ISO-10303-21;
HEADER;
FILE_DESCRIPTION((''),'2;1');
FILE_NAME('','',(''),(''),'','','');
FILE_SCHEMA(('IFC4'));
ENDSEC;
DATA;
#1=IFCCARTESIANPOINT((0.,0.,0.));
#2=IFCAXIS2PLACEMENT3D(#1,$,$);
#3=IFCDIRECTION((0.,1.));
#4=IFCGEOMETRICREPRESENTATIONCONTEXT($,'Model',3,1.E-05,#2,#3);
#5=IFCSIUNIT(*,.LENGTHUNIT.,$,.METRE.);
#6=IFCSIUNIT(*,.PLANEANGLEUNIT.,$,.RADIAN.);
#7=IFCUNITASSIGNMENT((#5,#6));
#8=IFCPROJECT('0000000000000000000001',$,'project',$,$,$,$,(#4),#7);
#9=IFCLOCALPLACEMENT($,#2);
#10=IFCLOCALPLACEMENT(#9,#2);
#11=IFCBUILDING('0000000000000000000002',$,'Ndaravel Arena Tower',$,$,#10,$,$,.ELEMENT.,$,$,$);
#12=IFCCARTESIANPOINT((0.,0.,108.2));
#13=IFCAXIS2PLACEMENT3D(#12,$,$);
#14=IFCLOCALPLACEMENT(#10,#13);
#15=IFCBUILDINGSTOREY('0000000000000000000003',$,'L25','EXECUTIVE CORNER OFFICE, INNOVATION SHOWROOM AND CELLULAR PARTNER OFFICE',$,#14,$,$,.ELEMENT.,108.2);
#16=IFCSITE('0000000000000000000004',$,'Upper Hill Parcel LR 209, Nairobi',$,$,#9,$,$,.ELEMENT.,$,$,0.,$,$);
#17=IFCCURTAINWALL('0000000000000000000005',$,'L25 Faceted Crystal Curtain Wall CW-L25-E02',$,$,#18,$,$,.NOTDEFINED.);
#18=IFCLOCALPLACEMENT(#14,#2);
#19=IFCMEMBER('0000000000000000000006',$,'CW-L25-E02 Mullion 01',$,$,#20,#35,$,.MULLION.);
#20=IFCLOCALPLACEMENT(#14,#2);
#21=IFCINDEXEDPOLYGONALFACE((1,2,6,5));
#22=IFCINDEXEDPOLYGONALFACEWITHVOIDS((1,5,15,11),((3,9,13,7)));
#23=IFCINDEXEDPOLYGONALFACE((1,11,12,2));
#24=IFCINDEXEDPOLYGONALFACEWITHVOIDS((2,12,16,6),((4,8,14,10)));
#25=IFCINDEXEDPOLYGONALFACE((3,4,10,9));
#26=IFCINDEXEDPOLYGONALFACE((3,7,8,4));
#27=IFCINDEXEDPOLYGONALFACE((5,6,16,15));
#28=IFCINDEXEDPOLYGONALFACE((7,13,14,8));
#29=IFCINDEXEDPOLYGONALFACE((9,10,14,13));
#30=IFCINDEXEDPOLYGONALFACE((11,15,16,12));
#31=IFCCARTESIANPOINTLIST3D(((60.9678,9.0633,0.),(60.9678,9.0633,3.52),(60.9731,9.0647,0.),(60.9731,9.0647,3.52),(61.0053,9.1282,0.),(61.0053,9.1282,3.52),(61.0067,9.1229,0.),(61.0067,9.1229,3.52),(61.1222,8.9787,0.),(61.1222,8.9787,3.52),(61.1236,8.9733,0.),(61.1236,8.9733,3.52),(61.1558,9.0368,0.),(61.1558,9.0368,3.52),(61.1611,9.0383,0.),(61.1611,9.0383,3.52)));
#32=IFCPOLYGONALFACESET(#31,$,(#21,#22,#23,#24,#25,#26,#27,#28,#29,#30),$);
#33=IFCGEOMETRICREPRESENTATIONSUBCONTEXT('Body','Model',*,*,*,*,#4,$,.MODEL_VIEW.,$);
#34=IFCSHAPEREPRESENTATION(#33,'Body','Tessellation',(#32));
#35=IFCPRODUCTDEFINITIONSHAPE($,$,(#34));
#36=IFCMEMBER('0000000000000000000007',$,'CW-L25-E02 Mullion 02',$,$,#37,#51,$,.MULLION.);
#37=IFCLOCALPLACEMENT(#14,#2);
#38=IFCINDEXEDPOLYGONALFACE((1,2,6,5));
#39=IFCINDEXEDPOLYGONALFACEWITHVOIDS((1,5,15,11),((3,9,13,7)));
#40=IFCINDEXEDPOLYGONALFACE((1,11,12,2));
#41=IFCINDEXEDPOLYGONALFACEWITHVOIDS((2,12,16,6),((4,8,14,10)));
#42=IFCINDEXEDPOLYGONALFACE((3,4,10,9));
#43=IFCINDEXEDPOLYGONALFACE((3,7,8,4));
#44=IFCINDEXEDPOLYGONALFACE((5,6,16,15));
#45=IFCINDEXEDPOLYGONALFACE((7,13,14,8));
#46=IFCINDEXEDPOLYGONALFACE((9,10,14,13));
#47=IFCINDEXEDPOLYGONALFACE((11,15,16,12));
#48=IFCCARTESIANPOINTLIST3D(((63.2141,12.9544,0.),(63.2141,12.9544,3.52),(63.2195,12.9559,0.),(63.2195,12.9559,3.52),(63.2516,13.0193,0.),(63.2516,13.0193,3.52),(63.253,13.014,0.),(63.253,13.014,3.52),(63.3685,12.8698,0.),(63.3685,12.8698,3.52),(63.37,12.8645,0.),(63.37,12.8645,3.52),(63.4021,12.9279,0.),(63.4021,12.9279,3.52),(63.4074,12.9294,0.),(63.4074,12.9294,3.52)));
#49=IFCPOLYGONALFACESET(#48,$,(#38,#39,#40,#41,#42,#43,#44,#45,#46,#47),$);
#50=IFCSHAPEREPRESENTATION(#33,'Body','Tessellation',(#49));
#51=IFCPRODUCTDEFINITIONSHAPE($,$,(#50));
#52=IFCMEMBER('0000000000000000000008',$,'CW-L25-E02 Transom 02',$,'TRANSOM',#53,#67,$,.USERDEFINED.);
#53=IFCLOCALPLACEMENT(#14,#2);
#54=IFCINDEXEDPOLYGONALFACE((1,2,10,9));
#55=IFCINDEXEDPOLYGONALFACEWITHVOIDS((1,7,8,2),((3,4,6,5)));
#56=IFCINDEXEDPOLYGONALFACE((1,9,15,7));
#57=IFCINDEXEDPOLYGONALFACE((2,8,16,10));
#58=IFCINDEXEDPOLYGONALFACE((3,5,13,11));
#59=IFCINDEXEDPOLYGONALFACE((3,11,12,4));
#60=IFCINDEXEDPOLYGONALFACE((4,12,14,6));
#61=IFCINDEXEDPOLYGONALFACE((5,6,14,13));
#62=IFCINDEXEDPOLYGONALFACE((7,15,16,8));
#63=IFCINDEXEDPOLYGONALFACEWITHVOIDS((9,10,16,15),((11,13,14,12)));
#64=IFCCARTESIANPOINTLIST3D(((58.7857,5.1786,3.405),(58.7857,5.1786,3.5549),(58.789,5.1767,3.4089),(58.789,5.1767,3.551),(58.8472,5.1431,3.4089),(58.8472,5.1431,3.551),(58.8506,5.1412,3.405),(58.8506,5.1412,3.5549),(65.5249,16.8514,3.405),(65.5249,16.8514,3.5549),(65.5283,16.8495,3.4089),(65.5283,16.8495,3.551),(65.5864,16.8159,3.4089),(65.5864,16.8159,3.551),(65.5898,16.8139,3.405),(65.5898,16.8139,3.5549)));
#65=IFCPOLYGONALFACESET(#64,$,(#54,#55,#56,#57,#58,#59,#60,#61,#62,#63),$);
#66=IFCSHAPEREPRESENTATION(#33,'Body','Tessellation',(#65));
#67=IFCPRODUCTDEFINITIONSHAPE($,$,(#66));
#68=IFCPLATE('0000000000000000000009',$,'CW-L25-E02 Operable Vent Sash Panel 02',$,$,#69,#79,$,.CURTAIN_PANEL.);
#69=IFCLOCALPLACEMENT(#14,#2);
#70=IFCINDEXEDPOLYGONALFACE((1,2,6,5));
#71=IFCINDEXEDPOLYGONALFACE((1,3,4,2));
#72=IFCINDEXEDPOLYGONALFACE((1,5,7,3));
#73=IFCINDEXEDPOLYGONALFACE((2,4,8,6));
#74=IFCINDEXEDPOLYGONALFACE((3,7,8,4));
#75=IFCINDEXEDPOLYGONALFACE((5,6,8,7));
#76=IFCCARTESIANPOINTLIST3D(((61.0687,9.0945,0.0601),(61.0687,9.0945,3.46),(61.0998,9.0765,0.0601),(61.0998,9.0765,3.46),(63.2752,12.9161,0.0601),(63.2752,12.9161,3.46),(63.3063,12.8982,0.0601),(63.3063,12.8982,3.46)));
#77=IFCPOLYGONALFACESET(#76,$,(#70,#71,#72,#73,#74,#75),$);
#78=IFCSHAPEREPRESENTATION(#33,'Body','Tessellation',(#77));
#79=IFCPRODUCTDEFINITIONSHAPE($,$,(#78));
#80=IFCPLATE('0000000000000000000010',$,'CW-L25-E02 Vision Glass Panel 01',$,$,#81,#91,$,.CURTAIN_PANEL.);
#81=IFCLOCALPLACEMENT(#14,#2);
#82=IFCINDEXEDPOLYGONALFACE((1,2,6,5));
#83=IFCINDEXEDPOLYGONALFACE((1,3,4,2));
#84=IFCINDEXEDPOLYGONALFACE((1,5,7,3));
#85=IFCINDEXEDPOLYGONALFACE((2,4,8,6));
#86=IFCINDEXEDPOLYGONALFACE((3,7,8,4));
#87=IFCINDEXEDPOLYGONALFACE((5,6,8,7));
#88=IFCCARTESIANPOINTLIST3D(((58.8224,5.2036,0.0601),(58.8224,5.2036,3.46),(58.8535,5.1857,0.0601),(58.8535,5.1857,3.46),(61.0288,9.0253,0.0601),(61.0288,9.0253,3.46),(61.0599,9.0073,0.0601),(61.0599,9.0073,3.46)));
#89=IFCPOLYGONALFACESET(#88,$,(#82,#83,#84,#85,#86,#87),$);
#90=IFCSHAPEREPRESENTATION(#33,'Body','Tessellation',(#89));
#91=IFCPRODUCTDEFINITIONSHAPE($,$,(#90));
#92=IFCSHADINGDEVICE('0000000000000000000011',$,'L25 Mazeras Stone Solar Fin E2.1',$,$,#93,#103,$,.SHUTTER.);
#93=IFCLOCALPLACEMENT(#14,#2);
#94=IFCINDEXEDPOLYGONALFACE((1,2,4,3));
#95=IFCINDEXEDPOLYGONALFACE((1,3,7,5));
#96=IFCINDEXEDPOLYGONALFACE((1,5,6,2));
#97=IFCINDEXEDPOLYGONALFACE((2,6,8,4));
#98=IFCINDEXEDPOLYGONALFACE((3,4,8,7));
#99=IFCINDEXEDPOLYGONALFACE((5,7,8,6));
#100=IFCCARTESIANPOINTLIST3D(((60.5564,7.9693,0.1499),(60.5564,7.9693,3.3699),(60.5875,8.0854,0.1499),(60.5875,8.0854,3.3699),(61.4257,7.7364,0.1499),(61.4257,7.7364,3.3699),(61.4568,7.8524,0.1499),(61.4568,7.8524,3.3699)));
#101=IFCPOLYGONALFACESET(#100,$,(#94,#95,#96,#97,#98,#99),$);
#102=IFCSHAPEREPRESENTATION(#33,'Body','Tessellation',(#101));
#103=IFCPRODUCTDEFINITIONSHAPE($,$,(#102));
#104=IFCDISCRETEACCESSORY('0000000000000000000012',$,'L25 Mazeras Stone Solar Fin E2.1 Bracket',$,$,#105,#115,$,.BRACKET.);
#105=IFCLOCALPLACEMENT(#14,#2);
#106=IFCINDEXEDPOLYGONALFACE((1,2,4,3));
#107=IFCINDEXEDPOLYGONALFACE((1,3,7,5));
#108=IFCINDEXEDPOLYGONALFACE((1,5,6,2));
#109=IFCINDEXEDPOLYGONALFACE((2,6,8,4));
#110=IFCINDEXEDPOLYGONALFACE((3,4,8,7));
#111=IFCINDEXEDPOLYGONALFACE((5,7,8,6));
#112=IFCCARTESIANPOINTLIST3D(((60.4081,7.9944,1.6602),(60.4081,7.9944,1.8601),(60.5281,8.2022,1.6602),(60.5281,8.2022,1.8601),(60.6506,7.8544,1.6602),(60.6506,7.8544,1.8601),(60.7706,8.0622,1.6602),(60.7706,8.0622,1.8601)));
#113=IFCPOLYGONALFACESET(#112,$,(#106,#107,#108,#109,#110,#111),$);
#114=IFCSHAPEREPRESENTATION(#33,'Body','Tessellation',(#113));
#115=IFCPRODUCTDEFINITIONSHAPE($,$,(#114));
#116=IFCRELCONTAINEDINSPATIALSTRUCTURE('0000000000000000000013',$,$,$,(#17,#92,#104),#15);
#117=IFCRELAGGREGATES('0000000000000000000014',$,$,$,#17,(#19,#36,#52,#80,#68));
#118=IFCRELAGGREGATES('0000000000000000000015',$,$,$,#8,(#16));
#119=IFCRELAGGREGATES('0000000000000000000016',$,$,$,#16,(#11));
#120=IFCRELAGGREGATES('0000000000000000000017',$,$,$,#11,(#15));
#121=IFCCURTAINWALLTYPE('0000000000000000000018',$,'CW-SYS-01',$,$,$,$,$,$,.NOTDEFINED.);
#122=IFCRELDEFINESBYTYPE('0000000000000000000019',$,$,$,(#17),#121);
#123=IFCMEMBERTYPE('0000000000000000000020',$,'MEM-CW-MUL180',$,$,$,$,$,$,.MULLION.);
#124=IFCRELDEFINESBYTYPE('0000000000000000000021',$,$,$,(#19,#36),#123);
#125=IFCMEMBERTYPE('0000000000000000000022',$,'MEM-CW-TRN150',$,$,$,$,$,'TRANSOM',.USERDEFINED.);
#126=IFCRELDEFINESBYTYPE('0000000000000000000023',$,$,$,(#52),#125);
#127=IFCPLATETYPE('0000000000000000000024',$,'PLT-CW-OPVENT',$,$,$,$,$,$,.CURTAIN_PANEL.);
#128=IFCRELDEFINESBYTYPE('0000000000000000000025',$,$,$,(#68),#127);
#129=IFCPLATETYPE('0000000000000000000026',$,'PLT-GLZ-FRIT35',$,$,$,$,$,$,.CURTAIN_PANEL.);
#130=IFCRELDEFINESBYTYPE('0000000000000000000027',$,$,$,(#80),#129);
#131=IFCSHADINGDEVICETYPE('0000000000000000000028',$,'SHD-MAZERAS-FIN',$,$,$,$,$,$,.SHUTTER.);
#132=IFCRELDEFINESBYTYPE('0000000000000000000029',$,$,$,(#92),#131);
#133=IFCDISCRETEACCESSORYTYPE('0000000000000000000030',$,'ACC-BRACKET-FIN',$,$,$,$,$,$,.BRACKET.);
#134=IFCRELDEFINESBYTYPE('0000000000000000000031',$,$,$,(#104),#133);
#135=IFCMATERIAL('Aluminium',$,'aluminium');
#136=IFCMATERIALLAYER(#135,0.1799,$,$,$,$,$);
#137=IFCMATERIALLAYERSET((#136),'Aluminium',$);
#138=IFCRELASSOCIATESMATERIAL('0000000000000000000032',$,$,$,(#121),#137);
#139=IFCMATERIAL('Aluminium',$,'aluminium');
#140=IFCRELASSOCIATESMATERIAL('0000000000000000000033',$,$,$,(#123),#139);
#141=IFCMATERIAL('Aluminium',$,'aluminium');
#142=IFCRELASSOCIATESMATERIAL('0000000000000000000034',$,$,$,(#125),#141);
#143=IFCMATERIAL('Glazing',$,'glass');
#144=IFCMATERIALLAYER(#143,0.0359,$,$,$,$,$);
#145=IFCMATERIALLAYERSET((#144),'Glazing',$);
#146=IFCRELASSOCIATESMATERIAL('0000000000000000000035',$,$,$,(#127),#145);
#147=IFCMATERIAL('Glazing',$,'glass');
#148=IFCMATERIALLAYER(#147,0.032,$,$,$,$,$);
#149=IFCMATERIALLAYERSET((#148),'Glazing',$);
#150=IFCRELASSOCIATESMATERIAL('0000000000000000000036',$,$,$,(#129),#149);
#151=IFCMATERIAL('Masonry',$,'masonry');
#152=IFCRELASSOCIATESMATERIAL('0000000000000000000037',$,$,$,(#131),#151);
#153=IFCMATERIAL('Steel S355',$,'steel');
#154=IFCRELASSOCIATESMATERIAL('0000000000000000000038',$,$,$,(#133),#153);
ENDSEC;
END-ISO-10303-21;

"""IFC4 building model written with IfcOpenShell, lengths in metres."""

from ifc_helpers import new_model, si_unit, direction, frame, origin, origin_2d, place, context, subcontext, project, spatial, rectangle, hollow_rectangle, extrude, material, layer, layer_set, material_profile, profile_set, type_object, element, aggregate, save


model = new_model("IFC4")

# Units and contexts
model_context = context("Model", 3, precision=1e-05, world=origin(), true_north=direction((0.0, 1.0)))
body_context = subcontext(model_context, "Body", "Model", "MODEL_VIEW")
ifc_project = project(units=[si_unit("LENGTHUNIT", "METRE"), si_unit("PLANEANGLEUNIT", "RADIAN")], contexts=[model_context])

# Site, building, storey
site_placement = place(None, origin())
site = spatial("IfcSite", under=ifc_project, at=site_placement, Name="Upper Hill Parcel LR 209, Nairobi", CompositionType="ELEMENT", RefElevation=0.0)
building_placement = place(site_placement, origin())
building = spatial("IfcBuilding", under=site, at=building_placement, Name="Ndaravel Arena Tower", CompositionType="ELEMENT")
storey_placement = place(building_placement, frame((0.0, 0.0, 108.2)))
storey = spatial("IfcBuildingStorey", under=building, at=storey_placement, Name="L25", Description="EXECUTIVE CORNER OFFICE, INNOVATION SHOWROOM AND CELLULAR PARTNER OFFICE", CompositionType="ELEMENT", Elevation=108.2)

# Curtain wall, members, plates
ifc_material_1 = material(Name="Aluminium", Category="aluminium")
ifc_layer_1 = layer(ifc_material_1, 0.1799)
ifc_layer_set_1 = layer_set([ifc_layer_1], Name="Aluminium")
curtain_wall_type = type_object("IfcCurtainWallType", Name="CW-SYS-01", PredefinedType="NOTDEFINED", material=ifc_layer_set_1)
curtain_wall_placement = place(storey_placement, origin())
curtain_wall = element("IfcCurtainWall", 1, at=curtain_wall_placement, inside=storey, type_object=curtain_wall_type, Name="L25 Faceted Crystal Curtain Wall CW-L25-E02", PredefinedType="NOTDEFINED")
ifc_material_2 = material(Name="Aluminium", Category="aluminium")
ifc_material_profile_1 = material_profile(ifc_material_2, hollow_rectangle(XDim=0.075, YDim=0.1799, WallThickness=0.0039, at=origin_2d()), Name="CW MULLION 75x180x4")
ifc_profile_set_1 = profile_set([ifc_material_profile_1], Name="Aluminium")
member_type_1 = type_object("IfcMemberType", Name="MEM-CW-MUL180", PredefinedType="MULLION", material=ifc_profile_set_1)
member_1_placement = place(storey_placement, frame((61.0645, 9.0508, 0.0), z_axis=(0.0, 0.0, 1.0), x_axis=(0.5, 0.866025, 0.0)))
member_1 = element("IfcMember", 2, at=member_1_placement, type_object=member_type_1, Name="CW-L25-E02 Mullion 01", PredefinedType="MULLION", context=body_context, shape_type="SweptSolid", body=[
    extrude(hollow_rectangle(XDim=0.075, YDim=0.1799, WallThickness=0.0039, at=origin_2d()), origin(), (0.0, 0.0, 1.0), 3.52),
])
member_2_placement = place(storey_placement, frame((63.3108, 12.9419, 0.0), z_axis=(0.0, 0.0, 1.0), x_axis=(0.5, 0.866025, 0.0)))
member_2 = element("IfcMember", 3, at=member_2_placement, type_object=member_type_1, Name="CW-L25-E02 Mullion 02", PredefinedType="MULLION", context=body_context, shape_type="SweptSolid", body=[
    extrude(hollow_rectangle(XDim=0.075, YDim=0.1799, WallThickness=0.0039, at=origin_2d()), origin(), (0.0, 0.0, 1.0), 3.52),
])
ifc_material_3 = material(Name="Aluminium", Category="aluminium")
ifc_material_profile_2 = material_profile(ifc_material_3, hollow_rectangle(XDim=0.075, YDim=0.1499, WallThickness=0.0039, at=origin_2d()), Name="CW TRANSOM 75x150x4")
ifc_profile_set_2 = profile_set([ifc_material_profile_2], Name="Aluminium")
member_type_2 = type_object("IfcMemberType", Name="MEM-CW-TRN150", ElementType="TRANSOM", PredefinedType="USERDEFINED", material=ifc_profile_set_2)
member_3_placement = place(storey_placement, frame((58.8181, 5.1599, 3.48), z_axis=(0.499996, 0.866028, 0.0), x_axis=(-0.866028, 0.499996, 0.0)))
member_3 = element("IfcMember", 4, at=member_3_placement, type_object=member_type_2, Name="CW-L25-E02 Transom 02", ObjectType="TRANSOM", PredefinedType="USERDEFINED", context=body_context, shape_type="SweptSolid", body=[
    extrude(hollow_rectangle(XDim=0.075, YDim=0.1499, WallThickness=0.0039, at=origin_2d()), origin(), (0.0, 0.0, 1.0), 13.4785),
])
ifc_material_4 = material(Name="Glazing", Category="glass")
ifc_layer_2 = layer(ifc_material_4, 0.0359)
ifc_layer_set_2 = layer_set([ifc_layer_2], Name="Glazing")
plate_type_1 = type_object("IfcPlateType", Name="PLT-CW-OPVENT", PredefinedType="CURTAIN_PANEL", material=ifc_layer_set_2)
plate_1_placement = place(storey_placement, frame((62.1875, 10.9963, 0.0601), z_axis=(0.0, 0.0, 1.0), x_axis=(0.5, 0.866025, 0.0)))
plate_1 = element("IfcPlate", 5, at=plate_1_placement, type_object=plate_type_1, Name="CW-L25-E02 Operable Vent Sash Panel 02", PredefinedType="CURTAIN_PANEL", context=body_context, shape_type="SweptSolid", body=[
    extrude(rectangle(XDim=4.4128, YDim=0.0359, at=origin_2d()), origin(), (0.0, 0.0, 1.0), 3.3999),
])
ifc_material_5 = material(Name="Glazing", Category="glass")
ifc_layer_3 = layer(ifc_material_5, 0.032)
ifc_layer_set_3 = layer_set([ifc_layer_3], Name="Glazing")
plate_type_2 = type_object("IfcPlateType", Name="PLT-GLZ-FRIT35", PredefinedType="CURTAIN_PANEL", material=ifc_layer_set_3)
plate_2_placement = place(storey_placement, frame((59.9412, 7.1055, 0.0601), z_axis=(0.0, 0.0, 1.0), x_axis=(0.5, 0.866025, 0.0)))
plate_2 = element("IfcPlate", 6, at=plate_2_placement, type_object=plate_type_2, Name="CW-L25-E02 Vision Glass Panel 01", PredefinedType="CURTAIN_PANEL", context=body_context, shape_type="SweptSolid", body=[
    extrude(rectangle(XDim=4.4128, YDim=0.0359, at=origin_2d()), origin(), (0.0, 0.0, 1.0), 3.3999),
])
aggregate(curtain_wall, [member_1, member_2, member_3, plate_2, plate_1])

# Shading device
ifc_material_6 = material(Name="Masonry", Category="masonry")
shading_device_type = type_object("IfcShadingDeviceType", Name="SHD-MAZERAS-FIN", PredefinedType="SHUTTER", material=ifc_material_6)
shading_device_placement = place(storey_placement, frame((61.0066, 7.9109, 0.1499), z_axis=(0.0, 0.0, 1.0), x_axis=(0.965926, -0.258819, 0.0)))
element("IfcShadingDevice", 7, at=shading_device_placement, inside=storey, type_object=shading_device_type, Name="L25 Mazeras Stone Solar Fin E2.1", PredefinedType="SHUTTER", context=body_context, shape_type="SweptSolid", body=[
    extrude(rectangle(XDim=0.8999, YDim=0.1201, at=origin_2d()), origin(), (0.0, 0.0, 1.0), 3.22),
])

# Discrete accessory
ifc_material_7 = material(Name="Steel S355", Category="steel")
discrete_accessory_type = type_object("IfcDiscreteAccessoryType", Name="ACC-BRACKET-FIN", PredefinedType="BRACKET", material=ifc_material_7)
discrete_accessory_placement = place(storey_placement, frame((60.5894, 8.0283, 1.6602), z_axis=(0.0, 0.0, 1.0), x_axis=(0.866025, -0.5, 0.0)))
element("IfcDiscreteAccessory", 8, at=discrete_accessory_placement, inside=storey, type_object=discrete_accessory_type, Name="L25 Mazeras Stone Solar Fin E2.1 Bracket", PredefinedType="BRACKET", context=body_context, shape_type="SweptSolid", body=[
    extrude(rectangle(XDim=0.28, YDim=0.24, at=origin_2d()), origin(), (0.0, 0.0, 1.0), 0.2),
])

save(model, "model.ifc")
